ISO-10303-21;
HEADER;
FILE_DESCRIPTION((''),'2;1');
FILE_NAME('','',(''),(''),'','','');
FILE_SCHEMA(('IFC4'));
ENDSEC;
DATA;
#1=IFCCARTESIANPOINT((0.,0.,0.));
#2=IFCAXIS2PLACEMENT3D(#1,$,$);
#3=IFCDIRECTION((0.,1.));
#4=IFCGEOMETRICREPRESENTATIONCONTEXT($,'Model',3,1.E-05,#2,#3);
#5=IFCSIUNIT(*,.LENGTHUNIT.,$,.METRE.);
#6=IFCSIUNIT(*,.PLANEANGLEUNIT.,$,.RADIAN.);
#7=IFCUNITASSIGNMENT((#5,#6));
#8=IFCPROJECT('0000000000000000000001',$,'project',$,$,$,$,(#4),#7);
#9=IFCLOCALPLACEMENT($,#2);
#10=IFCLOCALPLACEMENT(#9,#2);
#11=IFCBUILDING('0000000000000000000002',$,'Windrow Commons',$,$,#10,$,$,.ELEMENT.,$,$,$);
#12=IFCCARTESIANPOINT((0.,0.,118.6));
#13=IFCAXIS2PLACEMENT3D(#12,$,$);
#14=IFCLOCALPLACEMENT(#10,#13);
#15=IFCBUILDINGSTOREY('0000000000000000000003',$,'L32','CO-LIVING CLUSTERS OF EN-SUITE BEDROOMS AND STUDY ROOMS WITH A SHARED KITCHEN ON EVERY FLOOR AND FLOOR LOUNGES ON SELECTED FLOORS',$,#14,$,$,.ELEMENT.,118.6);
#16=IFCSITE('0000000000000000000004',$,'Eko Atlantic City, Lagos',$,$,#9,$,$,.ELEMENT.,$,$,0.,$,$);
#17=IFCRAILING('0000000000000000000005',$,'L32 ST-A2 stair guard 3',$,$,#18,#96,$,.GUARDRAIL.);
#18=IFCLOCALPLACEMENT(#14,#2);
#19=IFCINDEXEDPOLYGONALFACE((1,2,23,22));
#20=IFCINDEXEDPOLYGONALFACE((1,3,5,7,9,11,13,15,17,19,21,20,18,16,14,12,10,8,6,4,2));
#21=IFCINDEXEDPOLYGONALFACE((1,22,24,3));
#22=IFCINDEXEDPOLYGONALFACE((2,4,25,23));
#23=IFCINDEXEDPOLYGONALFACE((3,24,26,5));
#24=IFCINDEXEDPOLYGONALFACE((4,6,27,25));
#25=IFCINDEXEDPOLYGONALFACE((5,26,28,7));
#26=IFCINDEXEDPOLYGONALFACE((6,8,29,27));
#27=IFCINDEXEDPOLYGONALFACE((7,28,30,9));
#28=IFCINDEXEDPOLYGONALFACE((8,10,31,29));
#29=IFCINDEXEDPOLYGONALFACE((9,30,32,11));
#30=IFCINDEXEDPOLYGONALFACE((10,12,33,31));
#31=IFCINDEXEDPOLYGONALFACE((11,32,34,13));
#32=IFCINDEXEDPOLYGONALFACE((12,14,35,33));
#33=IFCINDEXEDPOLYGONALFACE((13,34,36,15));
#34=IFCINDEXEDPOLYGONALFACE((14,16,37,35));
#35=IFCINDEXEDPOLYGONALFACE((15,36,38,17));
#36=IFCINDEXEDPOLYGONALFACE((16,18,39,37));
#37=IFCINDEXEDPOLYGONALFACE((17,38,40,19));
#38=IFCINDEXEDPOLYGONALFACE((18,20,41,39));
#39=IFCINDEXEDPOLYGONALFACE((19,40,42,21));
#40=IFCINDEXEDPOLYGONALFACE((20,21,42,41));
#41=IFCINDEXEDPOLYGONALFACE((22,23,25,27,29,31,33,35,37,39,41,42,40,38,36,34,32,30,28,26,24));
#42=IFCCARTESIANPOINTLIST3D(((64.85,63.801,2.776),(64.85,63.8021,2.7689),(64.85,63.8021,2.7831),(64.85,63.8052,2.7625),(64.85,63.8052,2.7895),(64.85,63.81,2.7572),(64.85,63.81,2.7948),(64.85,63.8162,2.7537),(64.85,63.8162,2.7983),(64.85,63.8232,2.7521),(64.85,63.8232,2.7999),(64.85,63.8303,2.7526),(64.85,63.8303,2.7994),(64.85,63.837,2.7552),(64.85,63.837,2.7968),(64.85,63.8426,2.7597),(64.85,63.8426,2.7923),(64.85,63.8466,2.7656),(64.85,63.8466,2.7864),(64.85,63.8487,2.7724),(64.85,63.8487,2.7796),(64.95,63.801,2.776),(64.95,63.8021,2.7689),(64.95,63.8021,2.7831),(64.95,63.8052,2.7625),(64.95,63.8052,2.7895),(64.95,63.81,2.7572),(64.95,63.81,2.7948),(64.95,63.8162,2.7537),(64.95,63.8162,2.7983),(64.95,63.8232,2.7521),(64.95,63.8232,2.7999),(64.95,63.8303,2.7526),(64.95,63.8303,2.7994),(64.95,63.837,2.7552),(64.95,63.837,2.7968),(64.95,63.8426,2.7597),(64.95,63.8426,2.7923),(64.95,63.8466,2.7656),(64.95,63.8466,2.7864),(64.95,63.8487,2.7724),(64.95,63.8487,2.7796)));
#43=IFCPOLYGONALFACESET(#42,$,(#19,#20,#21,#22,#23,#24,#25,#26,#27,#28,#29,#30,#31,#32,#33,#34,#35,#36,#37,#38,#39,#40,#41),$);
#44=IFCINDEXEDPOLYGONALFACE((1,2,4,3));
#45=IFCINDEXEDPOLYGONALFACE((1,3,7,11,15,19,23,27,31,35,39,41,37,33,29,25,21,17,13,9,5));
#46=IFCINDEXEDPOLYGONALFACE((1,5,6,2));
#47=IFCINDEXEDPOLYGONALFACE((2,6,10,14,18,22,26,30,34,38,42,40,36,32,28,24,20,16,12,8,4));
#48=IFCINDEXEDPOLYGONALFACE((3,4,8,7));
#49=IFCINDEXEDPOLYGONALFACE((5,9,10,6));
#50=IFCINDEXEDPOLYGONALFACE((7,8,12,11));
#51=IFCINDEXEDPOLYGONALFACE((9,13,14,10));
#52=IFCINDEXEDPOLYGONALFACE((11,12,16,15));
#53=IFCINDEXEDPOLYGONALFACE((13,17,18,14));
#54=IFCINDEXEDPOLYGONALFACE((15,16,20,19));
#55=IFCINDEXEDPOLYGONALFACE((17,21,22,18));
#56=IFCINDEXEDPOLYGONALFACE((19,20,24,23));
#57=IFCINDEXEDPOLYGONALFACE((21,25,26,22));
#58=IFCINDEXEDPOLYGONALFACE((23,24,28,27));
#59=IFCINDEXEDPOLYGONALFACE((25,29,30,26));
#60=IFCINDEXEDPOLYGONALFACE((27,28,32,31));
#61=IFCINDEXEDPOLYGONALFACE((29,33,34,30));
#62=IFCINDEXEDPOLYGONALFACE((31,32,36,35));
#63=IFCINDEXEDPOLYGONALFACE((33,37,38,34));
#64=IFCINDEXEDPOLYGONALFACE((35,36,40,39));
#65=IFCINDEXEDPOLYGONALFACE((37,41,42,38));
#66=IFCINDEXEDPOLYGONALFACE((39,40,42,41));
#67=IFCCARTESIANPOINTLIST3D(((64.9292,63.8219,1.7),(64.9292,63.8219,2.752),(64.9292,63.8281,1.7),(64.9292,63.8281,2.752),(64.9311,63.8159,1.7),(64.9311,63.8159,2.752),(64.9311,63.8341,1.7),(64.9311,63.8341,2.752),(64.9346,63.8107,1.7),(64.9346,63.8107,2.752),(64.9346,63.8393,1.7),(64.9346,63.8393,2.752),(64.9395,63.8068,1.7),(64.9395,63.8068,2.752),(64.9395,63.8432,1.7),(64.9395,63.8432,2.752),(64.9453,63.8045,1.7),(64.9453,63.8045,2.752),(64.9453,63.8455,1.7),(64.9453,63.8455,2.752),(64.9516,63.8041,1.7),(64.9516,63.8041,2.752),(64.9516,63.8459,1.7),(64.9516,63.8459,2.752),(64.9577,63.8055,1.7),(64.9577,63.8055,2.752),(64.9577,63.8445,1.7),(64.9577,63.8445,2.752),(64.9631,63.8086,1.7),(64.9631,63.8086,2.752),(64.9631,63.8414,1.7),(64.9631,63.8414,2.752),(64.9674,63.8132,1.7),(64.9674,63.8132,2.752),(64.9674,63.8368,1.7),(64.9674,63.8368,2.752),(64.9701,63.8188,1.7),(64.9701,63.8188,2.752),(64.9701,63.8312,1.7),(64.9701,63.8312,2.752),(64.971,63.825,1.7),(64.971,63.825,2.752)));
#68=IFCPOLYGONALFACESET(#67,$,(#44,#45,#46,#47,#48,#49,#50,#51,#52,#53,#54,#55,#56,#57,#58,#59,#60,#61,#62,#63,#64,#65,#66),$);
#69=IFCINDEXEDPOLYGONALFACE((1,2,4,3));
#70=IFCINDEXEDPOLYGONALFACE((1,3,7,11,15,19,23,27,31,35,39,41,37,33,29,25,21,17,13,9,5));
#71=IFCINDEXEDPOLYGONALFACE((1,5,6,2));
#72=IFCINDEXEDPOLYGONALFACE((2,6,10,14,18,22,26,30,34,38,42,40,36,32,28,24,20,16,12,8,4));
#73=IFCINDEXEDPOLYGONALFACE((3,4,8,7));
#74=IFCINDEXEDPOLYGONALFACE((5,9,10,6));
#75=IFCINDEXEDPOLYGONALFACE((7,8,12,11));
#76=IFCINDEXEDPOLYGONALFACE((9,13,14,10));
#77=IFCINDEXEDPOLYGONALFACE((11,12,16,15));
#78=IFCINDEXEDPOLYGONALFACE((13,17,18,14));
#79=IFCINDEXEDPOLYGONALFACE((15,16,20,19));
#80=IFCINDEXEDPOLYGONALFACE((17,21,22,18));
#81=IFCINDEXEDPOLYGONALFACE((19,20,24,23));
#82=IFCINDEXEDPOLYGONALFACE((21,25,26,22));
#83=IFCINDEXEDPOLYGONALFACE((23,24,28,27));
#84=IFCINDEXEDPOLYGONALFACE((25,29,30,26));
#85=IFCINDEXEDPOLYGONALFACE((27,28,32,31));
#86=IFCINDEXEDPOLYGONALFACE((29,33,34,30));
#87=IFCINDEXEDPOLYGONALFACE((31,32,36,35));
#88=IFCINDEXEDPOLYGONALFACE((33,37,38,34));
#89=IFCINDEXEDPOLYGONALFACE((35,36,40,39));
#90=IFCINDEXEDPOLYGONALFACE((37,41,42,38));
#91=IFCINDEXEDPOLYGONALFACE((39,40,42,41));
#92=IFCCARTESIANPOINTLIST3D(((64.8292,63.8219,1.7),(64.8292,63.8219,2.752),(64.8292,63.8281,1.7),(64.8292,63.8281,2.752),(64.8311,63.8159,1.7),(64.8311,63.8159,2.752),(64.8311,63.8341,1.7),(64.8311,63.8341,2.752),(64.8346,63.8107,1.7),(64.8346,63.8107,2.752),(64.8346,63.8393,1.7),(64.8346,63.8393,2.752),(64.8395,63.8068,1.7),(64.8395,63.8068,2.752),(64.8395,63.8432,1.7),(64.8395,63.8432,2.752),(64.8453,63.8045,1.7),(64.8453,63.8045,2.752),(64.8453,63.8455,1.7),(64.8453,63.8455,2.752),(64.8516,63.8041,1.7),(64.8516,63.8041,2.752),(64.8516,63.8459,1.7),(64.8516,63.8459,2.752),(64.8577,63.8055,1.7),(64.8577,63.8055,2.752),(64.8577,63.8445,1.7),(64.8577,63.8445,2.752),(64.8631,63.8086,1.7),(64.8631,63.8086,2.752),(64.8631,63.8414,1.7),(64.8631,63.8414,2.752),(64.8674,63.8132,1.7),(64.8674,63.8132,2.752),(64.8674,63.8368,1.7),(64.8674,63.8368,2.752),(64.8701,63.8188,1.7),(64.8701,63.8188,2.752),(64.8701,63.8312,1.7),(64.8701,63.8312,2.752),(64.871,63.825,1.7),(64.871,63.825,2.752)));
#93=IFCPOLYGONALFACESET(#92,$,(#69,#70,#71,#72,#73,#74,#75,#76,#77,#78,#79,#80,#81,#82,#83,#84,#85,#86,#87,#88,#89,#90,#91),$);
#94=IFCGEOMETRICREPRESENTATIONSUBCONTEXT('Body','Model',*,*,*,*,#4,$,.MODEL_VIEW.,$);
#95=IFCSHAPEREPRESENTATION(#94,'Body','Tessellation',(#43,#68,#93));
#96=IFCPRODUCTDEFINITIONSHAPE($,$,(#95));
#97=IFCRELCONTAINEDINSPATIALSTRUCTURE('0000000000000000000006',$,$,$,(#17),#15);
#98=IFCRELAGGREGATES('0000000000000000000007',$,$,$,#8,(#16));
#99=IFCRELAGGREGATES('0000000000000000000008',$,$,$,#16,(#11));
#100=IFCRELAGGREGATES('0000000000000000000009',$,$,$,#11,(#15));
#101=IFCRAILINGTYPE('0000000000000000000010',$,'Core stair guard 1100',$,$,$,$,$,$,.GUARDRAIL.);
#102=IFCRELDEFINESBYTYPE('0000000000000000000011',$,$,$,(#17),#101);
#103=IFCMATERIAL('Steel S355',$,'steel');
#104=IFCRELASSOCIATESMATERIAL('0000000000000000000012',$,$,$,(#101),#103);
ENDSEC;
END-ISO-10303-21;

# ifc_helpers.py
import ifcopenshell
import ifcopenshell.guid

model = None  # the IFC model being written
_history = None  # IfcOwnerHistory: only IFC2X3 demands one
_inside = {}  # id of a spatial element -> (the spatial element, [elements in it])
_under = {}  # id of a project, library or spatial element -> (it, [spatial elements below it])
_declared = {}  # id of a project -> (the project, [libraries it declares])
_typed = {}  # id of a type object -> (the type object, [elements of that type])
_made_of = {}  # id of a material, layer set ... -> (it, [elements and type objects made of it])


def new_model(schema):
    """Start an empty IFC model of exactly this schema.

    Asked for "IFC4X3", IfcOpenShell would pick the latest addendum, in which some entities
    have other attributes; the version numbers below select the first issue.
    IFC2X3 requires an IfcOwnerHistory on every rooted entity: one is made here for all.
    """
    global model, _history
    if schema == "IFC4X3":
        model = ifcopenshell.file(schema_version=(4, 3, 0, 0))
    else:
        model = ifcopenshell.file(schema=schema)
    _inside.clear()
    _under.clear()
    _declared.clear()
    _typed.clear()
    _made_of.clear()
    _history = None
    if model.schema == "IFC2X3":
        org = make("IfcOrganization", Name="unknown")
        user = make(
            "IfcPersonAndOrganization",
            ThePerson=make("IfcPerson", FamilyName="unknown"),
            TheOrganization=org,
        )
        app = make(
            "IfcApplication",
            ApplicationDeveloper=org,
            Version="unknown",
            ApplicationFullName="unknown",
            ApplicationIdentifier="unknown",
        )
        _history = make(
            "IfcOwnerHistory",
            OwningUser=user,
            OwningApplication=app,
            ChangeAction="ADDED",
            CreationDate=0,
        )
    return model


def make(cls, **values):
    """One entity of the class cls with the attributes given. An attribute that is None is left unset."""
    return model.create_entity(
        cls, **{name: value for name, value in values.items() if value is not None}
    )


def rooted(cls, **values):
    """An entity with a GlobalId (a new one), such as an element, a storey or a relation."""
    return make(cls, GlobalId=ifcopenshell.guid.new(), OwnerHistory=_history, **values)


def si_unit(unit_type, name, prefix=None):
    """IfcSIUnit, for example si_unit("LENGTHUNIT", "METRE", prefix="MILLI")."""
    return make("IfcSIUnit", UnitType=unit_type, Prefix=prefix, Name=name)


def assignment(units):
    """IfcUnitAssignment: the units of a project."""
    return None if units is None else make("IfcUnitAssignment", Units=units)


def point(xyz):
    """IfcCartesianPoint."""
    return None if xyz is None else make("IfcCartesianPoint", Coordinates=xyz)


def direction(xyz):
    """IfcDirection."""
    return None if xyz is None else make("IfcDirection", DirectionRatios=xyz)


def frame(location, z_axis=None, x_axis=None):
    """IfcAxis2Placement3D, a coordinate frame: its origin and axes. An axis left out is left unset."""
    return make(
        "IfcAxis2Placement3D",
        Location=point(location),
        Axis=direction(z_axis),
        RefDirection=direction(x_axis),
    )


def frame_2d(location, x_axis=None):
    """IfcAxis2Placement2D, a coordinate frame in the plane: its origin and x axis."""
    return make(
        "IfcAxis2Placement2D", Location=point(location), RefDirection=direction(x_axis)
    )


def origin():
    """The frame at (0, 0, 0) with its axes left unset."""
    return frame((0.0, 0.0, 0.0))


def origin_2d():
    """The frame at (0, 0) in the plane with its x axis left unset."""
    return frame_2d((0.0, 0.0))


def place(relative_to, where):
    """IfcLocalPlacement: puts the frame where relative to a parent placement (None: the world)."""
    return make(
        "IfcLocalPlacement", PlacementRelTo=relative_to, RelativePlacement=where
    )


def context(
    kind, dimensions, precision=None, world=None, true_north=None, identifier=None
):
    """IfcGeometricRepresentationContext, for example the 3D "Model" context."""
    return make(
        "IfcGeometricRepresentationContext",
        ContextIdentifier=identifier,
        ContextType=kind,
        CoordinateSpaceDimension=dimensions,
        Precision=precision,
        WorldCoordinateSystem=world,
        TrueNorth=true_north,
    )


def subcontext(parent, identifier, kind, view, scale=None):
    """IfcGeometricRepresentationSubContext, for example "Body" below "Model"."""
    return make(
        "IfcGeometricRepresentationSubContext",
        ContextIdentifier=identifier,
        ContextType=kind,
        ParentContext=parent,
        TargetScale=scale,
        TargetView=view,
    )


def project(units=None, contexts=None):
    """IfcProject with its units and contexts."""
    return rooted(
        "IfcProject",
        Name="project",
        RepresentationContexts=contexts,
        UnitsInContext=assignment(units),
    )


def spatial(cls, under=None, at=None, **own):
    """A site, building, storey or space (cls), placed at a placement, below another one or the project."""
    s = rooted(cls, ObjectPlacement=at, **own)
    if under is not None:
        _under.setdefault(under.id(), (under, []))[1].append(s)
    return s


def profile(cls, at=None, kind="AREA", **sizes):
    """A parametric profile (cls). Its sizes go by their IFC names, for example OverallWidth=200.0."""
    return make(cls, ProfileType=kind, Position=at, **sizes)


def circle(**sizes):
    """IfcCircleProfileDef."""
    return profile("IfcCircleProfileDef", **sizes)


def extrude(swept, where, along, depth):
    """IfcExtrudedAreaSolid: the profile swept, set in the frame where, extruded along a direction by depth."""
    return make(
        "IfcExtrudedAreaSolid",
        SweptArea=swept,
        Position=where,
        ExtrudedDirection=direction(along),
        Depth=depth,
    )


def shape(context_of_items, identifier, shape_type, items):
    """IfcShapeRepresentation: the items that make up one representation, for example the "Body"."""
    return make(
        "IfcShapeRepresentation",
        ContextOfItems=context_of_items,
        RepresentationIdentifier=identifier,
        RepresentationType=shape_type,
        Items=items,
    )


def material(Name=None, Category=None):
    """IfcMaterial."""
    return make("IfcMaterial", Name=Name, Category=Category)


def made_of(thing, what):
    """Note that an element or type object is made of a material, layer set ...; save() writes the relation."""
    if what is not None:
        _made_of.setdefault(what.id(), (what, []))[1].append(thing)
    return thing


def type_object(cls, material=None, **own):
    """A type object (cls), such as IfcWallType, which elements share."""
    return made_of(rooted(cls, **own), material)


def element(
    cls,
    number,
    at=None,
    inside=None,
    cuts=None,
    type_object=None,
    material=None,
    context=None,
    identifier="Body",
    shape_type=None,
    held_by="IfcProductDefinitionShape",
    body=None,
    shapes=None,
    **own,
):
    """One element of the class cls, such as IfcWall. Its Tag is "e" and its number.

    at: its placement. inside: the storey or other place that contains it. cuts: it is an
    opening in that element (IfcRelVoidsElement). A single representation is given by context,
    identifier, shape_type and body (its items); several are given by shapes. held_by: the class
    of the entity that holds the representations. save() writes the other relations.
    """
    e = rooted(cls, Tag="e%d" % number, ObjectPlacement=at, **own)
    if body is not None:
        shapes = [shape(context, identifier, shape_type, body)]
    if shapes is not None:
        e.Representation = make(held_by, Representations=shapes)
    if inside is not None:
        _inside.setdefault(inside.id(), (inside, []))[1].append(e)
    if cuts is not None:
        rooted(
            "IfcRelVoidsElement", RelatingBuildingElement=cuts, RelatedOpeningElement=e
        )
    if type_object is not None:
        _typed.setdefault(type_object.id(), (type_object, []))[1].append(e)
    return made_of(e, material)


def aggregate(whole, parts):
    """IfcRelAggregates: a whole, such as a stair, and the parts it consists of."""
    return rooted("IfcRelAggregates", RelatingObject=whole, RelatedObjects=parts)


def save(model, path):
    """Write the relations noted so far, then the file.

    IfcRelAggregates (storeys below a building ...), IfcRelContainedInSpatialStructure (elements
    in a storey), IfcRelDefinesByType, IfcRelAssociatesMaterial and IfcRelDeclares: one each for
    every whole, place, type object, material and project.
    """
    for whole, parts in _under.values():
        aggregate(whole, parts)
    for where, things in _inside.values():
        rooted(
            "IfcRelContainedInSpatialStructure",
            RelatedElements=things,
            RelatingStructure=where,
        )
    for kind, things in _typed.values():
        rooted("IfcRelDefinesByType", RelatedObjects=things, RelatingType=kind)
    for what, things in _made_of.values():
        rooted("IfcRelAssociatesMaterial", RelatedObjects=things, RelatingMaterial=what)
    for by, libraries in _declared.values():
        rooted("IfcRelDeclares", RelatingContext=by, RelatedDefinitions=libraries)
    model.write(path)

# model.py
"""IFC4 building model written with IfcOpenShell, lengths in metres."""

from ifc_helpers import new_model, si_unit, direction, frame, origin, origin_2d, place, context, subcontext, project, spatial, circle, extrude, material, type_object, element, save


model = new_model("IFC4")

# Units and contexts
model_context = context("Model", 3, precision=1e-05, world=origin(), true_north=direction((0.0, 1.0)))
body_context = subcontext(model_context, "Body", "Model", "MODEL_VIEW")
ifc_project = project(units=[si_unit("LENGTHUNIT", "METRE"), si_unit("PLANEANGLEUNIT", "RADIAN")], contexts=[model_context])

# Site, building, storey
site_placement = place(None, origin())
site = spatial("IfcSite", under=ifc_project, at=site_placement, Name="Eko Atlantic City, Lagos", CompositionType="ELEMENT", RefElevation=0.0)
building_placement = place(site_placement, origin())
building = spatial("IfcBuilding", under=site, at=building_placement, Name="Windrow Commons", CompositionType="ELEMENT")
storey_placement = place(building_placement, frame((0.0, 0.0, 118.6)))
storey = spatial("IfcBuildingStorey", under=building, at=storey_placement, Name="L32", Description="CO-LIVING CLUSTERS OF EN-SUITE BEDROOMS AND STUDY ROOMS WITH A SHARED KITCHEN ON EVERY FLOOR AND FLOOR LOUNGES ON SELECTED FLOORS", CompositionType="ELEMENT", Elevation=118.6)

# Railing
ifc_material_1 = material(Name="Steel S355", Category="steel")
railing_type_1 = type_object("IfcRailingType", Name="Core stair guard 1100", PredefinedType="GUARDRAIL", material=ifc_material_1)
railing_1_placement = place(storey_placement, frame((64.95, 63.825, 1.7)))
element("IfcRailing", 1, at=railing_1_placement, inside=storey, type_object=railing_type_1, Name="L32 ST-A2 stair guard 3", PredefinedType="GUARDRAIL", context=body_context, shape_type="SweptSolid", body=[
    extrude(circle(Radius=0.024, at=origin_2d()), frame((0.0, 0.0, 1.076), z_axis=(-1.0, 0.0, 0.0), x_axis=(0.0, -1.0, 0.0)), (0.0, 0.0, 1.0), 0.1),
    extrude(circle(Radius=0.021, at=origin_2d()), origin(), (0.0, 0.0, 1.0), 1.052),
    extrude(circle(Radius=0.021, at=origin_2d()), frame((-0.1, 0.0, 0.0)), (0.0, 0.0, 1.0), 1.052),
])

save(model, "model.ifc")
